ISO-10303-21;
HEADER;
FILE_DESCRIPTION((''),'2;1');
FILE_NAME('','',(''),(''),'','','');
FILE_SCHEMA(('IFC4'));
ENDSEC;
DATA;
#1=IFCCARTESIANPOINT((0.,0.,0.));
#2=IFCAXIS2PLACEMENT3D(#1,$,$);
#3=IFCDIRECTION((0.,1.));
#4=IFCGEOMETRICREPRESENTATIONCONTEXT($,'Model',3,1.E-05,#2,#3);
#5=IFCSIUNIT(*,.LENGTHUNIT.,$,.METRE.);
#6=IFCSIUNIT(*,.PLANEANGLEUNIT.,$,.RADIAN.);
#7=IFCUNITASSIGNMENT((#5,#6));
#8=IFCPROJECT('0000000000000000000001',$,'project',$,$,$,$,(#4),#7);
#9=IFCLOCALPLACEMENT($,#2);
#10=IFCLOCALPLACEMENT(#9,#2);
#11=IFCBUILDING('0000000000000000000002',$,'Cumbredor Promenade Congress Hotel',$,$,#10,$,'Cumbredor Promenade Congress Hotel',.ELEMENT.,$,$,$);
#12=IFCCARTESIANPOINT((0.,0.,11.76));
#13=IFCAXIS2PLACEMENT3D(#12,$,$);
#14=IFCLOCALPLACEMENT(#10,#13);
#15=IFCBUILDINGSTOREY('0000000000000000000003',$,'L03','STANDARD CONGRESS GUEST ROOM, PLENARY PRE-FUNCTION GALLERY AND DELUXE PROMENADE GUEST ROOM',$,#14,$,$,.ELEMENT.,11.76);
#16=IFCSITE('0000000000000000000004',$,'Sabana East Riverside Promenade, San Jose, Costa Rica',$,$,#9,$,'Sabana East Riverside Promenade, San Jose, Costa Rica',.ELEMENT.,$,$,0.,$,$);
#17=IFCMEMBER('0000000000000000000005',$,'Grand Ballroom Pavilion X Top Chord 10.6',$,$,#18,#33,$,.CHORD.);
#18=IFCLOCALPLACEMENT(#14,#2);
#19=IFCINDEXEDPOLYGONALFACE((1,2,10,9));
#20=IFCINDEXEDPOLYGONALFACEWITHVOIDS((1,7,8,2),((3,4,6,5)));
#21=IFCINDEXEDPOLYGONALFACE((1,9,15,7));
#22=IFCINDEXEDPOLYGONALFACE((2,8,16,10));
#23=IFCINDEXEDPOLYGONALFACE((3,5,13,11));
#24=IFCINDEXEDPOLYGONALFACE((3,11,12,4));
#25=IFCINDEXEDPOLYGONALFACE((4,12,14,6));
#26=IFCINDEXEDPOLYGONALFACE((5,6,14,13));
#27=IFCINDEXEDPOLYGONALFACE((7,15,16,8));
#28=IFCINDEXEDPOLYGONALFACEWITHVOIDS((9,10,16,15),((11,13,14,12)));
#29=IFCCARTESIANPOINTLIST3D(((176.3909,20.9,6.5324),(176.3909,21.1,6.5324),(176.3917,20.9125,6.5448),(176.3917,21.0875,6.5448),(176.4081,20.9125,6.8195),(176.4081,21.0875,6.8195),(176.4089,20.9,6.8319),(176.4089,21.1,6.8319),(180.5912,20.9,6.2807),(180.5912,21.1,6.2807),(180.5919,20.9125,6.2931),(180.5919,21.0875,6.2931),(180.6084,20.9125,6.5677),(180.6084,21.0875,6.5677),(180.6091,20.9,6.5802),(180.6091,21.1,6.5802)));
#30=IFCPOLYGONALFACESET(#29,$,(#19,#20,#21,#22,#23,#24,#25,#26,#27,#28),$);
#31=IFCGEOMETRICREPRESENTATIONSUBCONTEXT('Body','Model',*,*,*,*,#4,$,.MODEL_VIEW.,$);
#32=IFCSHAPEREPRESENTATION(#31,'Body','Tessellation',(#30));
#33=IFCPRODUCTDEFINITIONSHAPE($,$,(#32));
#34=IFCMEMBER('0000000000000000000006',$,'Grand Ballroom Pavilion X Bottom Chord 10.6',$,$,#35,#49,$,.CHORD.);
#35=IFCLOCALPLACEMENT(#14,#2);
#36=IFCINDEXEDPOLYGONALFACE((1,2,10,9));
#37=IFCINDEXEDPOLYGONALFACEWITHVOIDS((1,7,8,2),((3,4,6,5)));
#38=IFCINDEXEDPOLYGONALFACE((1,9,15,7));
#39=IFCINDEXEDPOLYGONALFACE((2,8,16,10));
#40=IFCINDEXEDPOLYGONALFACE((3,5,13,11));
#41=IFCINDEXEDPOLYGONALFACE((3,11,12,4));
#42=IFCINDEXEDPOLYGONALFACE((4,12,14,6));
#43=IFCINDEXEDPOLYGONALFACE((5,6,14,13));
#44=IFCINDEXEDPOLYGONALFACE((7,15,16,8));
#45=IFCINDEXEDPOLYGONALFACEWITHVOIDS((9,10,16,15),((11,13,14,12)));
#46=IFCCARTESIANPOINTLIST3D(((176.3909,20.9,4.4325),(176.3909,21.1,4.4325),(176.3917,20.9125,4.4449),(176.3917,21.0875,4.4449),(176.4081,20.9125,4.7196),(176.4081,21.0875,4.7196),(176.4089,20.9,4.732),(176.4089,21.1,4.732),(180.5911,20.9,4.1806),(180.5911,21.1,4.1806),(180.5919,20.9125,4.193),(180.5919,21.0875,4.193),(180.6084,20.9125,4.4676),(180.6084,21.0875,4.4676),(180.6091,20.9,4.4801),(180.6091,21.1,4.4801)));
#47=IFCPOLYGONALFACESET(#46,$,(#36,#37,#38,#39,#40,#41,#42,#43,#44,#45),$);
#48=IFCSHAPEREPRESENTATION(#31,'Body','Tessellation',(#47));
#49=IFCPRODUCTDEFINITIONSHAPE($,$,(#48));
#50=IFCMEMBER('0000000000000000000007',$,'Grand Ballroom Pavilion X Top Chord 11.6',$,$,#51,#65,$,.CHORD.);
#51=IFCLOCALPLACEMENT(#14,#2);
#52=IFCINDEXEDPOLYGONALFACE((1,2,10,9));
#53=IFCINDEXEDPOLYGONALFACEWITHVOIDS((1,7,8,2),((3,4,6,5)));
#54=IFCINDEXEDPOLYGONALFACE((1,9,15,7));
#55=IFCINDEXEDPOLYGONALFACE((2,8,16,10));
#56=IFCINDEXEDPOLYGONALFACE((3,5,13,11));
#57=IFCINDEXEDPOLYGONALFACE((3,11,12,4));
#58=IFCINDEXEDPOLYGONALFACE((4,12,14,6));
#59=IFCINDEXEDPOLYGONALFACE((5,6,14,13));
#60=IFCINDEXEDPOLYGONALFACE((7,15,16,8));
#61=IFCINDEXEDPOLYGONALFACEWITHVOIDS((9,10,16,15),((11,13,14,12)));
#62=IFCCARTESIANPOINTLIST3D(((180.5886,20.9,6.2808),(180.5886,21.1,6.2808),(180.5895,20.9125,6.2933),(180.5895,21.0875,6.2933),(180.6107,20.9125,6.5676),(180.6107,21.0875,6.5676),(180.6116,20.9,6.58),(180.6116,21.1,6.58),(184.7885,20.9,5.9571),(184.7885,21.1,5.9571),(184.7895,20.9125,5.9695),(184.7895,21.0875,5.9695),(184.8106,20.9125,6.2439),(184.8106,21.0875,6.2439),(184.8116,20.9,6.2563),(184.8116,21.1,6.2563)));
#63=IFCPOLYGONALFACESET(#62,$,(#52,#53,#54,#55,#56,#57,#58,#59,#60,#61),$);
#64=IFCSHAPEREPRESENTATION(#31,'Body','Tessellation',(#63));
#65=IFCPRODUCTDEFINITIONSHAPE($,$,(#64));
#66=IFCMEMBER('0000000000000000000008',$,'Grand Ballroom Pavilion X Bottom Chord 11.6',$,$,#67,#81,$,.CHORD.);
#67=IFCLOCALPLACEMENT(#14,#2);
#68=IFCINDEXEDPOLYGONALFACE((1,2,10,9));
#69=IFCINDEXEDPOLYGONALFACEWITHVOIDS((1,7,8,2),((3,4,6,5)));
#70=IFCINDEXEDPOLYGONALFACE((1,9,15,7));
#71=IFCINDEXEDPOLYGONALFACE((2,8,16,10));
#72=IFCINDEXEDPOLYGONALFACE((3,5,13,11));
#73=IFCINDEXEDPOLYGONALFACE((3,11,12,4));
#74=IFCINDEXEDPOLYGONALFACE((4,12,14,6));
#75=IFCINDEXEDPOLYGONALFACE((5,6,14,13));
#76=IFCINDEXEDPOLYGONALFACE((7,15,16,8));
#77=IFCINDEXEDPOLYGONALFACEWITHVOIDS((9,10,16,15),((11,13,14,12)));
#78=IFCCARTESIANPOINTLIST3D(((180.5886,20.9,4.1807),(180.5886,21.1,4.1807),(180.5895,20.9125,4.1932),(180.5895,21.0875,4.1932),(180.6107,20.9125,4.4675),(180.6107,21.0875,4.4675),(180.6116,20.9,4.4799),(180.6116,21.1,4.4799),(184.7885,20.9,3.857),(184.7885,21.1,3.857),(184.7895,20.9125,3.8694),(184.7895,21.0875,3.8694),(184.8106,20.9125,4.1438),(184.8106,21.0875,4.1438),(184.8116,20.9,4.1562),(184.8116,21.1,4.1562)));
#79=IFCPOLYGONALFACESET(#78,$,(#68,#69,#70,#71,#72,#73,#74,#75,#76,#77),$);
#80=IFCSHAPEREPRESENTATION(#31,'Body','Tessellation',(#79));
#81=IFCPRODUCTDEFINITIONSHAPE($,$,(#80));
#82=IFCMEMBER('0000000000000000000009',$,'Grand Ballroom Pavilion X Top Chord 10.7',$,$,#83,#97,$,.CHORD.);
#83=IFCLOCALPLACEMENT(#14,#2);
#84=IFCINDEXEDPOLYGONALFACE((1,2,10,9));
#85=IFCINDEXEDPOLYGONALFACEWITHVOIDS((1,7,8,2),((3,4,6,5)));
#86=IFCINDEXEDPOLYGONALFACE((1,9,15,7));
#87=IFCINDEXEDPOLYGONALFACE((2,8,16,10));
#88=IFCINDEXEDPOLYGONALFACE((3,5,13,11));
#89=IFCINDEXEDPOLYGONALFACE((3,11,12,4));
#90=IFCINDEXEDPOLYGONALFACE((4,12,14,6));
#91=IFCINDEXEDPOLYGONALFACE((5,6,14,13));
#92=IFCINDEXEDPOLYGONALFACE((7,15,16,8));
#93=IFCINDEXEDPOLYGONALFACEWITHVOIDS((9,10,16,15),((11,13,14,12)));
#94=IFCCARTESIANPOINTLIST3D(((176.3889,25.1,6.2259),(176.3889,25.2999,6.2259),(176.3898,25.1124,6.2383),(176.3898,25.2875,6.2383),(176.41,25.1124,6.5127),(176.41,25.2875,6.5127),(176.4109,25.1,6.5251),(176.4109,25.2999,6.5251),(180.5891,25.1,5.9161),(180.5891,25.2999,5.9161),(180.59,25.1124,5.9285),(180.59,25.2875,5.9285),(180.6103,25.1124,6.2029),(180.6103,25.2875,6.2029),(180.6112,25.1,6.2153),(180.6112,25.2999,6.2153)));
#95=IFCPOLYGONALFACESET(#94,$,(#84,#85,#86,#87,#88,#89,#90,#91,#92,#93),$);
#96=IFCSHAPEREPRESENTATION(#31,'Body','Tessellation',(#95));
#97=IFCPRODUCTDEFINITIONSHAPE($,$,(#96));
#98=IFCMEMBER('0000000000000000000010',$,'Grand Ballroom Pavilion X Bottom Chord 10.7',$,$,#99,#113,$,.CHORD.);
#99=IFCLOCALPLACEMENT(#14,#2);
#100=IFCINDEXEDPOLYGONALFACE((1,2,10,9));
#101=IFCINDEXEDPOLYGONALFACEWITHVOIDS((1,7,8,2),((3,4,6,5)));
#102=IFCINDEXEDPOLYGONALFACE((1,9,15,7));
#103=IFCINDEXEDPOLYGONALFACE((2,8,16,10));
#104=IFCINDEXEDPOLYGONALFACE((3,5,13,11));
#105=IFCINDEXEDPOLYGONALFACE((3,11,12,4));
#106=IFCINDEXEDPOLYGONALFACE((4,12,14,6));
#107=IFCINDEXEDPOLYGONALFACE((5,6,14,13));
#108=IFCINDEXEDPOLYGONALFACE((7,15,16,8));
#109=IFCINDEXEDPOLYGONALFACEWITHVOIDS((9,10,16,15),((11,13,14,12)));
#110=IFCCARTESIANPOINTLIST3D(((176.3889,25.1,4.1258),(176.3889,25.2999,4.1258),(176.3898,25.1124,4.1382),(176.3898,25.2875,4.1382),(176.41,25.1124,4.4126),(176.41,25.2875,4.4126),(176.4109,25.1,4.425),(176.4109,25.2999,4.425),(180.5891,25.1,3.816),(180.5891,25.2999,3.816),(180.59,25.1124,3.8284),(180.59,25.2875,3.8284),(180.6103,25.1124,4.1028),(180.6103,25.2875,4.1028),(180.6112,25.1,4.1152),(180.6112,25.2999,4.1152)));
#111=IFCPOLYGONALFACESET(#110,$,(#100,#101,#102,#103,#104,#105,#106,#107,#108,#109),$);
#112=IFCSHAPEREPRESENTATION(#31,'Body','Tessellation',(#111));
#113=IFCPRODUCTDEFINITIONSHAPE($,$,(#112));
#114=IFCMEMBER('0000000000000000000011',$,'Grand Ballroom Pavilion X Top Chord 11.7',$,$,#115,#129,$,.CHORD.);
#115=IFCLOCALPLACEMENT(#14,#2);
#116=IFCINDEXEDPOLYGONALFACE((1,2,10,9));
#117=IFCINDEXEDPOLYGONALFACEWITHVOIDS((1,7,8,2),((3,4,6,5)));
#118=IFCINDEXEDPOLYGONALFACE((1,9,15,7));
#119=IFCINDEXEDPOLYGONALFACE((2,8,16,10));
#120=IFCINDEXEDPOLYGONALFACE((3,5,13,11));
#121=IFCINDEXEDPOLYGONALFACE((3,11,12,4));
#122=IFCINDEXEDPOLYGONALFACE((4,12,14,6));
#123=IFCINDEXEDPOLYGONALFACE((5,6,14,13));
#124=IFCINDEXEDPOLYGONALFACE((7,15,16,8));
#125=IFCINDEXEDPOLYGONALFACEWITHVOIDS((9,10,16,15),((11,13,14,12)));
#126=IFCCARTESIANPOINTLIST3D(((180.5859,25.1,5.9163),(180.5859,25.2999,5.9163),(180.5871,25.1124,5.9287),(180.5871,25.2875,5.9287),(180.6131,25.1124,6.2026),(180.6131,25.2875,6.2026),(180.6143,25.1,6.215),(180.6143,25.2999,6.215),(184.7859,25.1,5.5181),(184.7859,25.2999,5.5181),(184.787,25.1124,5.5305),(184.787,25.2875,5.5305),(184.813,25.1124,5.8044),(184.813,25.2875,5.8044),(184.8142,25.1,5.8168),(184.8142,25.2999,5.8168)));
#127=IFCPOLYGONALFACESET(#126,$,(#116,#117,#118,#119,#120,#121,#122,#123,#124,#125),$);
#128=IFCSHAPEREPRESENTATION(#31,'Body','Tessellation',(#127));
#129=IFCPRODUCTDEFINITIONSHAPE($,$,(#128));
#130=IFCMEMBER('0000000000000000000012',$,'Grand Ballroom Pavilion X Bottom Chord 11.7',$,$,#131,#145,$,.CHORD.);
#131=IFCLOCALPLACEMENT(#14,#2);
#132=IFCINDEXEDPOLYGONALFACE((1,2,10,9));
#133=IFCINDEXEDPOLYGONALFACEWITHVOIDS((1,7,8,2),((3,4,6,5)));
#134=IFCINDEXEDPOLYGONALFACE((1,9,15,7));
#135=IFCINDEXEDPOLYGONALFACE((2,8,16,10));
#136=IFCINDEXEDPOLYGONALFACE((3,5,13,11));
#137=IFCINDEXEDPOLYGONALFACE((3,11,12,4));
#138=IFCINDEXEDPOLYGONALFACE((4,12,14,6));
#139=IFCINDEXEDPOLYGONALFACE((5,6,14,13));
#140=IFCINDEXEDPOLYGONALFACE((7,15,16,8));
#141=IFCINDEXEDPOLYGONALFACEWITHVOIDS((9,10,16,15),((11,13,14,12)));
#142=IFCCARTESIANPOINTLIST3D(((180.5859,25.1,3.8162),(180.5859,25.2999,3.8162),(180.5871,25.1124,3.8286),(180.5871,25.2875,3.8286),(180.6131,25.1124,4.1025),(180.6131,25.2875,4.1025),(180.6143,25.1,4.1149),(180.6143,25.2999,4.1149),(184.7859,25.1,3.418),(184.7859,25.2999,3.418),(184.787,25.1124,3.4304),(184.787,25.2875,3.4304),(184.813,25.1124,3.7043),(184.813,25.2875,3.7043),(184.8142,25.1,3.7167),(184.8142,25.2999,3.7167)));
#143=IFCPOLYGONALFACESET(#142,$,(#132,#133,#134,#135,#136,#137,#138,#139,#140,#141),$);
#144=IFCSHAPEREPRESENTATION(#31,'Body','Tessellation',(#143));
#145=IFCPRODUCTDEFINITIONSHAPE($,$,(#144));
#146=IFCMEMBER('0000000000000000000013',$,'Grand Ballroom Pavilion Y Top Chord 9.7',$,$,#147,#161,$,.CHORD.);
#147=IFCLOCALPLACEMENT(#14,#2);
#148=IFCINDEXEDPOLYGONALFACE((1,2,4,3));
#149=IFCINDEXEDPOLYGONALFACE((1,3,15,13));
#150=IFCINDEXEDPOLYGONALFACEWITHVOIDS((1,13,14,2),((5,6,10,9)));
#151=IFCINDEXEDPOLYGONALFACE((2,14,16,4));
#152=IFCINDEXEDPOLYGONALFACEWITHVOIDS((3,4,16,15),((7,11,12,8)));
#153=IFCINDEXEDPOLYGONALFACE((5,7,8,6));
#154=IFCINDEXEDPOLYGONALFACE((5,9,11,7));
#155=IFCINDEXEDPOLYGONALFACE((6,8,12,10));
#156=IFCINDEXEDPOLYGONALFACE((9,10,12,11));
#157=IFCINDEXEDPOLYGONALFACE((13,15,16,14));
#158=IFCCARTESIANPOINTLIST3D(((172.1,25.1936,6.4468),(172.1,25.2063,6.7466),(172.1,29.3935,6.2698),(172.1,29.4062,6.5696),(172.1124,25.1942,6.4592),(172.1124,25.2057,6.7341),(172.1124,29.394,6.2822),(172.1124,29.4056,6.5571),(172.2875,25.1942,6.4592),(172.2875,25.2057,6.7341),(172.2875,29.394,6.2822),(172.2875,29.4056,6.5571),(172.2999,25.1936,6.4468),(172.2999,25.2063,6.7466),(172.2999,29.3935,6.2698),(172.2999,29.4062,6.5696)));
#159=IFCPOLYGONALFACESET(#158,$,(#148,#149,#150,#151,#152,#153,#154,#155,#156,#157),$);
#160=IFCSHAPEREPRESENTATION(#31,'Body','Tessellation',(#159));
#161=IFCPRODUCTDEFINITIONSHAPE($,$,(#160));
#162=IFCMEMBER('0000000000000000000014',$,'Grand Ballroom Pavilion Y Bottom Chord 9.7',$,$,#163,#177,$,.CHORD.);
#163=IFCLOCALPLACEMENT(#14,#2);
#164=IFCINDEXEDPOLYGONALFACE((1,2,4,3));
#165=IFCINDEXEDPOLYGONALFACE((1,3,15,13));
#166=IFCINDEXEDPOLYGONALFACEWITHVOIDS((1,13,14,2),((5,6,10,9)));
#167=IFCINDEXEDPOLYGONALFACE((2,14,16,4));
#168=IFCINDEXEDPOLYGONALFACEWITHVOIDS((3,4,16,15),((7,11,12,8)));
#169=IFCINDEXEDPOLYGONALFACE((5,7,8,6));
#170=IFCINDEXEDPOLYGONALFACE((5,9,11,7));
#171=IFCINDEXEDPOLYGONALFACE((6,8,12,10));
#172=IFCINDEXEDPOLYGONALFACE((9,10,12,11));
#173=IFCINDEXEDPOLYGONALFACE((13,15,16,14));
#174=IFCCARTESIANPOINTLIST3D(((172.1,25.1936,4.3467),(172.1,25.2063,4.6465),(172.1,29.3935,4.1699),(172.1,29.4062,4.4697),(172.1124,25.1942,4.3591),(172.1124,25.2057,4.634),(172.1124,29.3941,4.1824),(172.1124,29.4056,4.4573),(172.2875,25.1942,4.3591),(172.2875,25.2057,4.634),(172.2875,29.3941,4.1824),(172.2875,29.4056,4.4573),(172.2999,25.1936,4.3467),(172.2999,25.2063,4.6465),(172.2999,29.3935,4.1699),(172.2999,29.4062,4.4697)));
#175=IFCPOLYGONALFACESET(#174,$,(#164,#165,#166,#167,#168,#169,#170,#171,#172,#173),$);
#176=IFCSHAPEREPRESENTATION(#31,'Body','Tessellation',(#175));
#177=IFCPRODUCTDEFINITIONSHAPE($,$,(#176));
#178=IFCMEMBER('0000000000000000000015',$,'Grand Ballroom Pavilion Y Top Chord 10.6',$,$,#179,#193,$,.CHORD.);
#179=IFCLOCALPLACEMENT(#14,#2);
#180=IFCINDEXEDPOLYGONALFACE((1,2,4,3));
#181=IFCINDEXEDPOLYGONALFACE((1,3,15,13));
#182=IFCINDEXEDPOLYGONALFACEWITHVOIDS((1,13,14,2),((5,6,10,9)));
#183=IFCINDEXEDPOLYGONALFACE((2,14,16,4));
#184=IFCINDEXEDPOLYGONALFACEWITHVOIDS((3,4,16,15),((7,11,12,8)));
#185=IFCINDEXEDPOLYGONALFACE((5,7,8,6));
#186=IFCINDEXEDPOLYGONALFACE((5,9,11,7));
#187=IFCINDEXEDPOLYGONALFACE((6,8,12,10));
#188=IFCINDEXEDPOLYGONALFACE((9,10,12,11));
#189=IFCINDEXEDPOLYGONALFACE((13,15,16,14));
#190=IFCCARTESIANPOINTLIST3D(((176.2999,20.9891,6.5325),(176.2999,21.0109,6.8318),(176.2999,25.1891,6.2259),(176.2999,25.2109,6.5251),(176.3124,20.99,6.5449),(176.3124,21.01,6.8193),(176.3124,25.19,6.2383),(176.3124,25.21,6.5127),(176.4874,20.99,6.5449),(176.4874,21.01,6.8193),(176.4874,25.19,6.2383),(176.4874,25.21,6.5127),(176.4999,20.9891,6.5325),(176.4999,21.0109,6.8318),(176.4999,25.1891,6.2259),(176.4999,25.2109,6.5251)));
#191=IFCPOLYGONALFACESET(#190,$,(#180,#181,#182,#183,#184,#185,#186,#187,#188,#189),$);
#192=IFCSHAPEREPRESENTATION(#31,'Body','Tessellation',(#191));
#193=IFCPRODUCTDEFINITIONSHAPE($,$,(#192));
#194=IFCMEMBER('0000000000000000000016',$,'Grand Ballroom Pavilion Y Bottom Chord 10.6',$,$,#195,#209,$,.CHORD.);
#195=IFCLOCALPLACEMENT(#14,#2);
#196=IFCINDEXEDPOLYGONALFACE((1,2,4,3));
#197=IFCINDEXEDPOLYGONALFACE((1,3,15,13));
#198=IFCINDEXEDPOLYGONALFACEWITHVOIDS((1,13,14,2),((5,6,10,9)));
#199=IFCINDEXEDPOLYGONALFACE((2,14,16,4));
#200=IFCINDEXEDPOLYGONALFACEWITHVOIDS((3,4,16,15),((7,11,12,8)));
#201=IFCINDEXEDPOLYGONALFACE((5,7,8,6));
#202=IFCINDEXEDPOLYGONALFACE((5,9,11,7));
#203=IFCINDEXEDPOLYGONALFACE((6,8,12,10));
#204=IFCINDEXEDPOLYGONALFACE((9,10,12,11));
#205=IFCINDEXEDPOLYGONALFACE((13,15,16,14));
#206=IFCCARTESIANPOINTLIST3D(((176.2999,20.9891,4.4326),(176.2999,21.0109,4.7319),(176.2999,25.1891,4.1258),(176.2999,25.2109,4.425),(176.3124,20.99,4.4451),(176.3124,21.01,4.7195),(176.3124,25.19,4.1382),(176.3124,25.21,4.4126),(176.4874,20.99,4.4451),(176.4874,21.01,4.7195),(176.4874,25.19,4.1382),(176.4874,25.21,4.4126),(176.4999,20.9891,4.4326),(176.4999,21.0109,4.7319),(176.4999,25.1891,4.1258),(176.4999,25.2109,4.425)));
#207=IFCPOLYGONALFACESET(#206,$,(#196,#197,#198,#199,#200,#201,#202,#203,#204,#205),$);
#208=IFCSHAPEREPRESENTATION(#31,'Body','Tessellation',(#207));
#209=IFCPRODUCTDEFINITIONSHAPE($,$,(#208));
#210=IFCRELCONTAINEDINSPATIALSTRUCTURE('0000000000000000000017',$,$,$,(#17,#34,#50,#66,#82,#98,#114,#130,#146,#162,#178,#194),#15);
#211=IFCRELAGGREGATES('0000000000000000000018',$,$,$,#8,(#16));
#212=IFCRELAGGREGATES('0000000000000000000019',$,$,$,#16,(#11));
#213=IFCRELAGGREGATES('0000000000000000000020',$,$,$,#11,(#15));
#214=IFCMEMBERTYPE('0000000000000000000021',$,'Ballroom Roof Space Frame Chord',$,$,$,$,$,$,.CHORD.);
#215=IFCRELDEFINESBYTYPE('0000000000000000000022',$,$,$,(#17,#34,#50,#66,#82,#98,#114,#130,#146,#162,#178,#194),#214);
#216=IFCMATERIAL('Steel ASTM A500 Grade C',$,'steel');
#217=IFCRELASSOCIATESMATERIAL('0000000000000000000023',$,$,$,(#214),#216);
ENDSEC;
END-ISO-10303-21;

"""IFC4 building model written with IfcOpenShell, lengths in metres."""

from ifc_helpers import new_model, si_unit, direction, frame, origin, origin_2d, place, context, subcontext, project, spatial, hollow_rectangle, extrude, material, material_profile, profile_set, type_object, element, save


model = new_model("IFC4")

# Units and contexts
model_context = context("Model", 3, precision=1e-05, world=origin(), true_north=direction((0.0, 1.0)))
body_context = subcontext(model_context, "Body", "Model", "MODEL_VIEW")
ifc_project = project(units=[si_unit("LENGTHUNIT", "METRE"), si_unit("PLANEANGLEUNIT", "RADIAN")], contexts=[model_context])

# Site, building, storey
site_placement = place(None, origin())
site = spatial("IfcSite", under=ifc_project, at=site_placement, Name="Sabana East Riverside Promenade, San Jose, Costa Rica", LongName="Sabana East Riverside Promenade, San Jose, Costa Rica", CompositionType="ELEMENT", RefElevation=0.0)
building_placement = place(site_placement, origin())
building = spatial("IfcBuilding", under=site, at=building_placement, Name="Cumbredor Promenade Congress Hotel", LongName="Cumbredor Promenade Congress Hotel", CompositionType="ELEMENT")
storey_placement = place(building_placement, frame((0.0, 0.0, 11.76)))
storey = spatial("IfcBuildingStorey", under=building, at=storey_placement, Name="L03", Description="STANDARD CONGRESS GUEST ROOM, PLENARY PRE-FUNCTION GALLERY AND DELUXE PROMENADE GUEST ROOM", CompositionType="ELEMENT", Elevation=11.76)

# Members
ifc_material_1 = material(Name="Steel ASTM A500 Grade C", Category="steel")
ifc_material_profile_1 = material_profile(ifc_material_1, hollow_rectangle(XDim=0.2, YDim=0.3, WallThickness=0.0125, at=origin_2d()), Name="HSS 300x200x12.5")
ifc_profile_set_1 = profile_set([ifc_material_profile_1], Name="Steel ASTM A500 Grade C")
member_type_1 = type_object("IfcMemberType", Name="Ballroom Roof Space Frame Chord", PredefinedType="CHORD", material=ifc_profile_set_1)
for number, where, z_axis, x_axis, name in (
    (1, (176.3999, 21.0, 6.6821), (0.998209, 0.0, -0.059821), (0.0, 1.0, 0.0), "Grand Ballroom Pavilion X Top Chord 10.6"),
    (2, (176.3999, 21.0, 4.5823), (0.998206, 0.0, -0.059878), (0.0, 1.0, 0.0), "Grand Ballroom Pavilion X Bottom Chord 10.6"),
):
    element("IfcMember", number, at=place(storey_placement, frame(where, z_axis=z_axis, x_axis=x_axis)), inside=storey, type_object=member_type_1, Name=name, PredefinedType="CHORD", context=body_context, shape_type="SweptSolid", body=[
        extrude(hollow_rectangle(XDim=0.2, YDim=0.3, WallThickness=0.0125, at=origin_2d()), origin(), (0.0, 0.0, 1.0), 4.2078),
    ])
for number, where, z_axis, x_axis, name in (
    (3, (180.6001, 21.0, 6.4304), (0.997043, 0.0, -0.076852), (0.0, 1.0, 0.0), "Grand Ballroom Pavilion X Top Chord 11.6"),
    (4, (180.6001, 21.0, 4.3303), (0.997043, 0.0, -0.076852), (0.0, 1.0, 0.0), "Grand Ballroom Pavilion X Bottom Chord 11.6"),
):
    element("IfcMember", number, at=place(storey_placement, frame(where, z_axis=z_axis, x_axis=x_axis)), inside=storey, type_object=member_type_1, Name=name, PredefinedType="CHORD", context=body_context, shape_type="SweptSolid", body=[
        extrude(hollow_rectangle(XDim=0.2, YDim=0.3, WallThickness=0.0125, at=origin_2d()), origin(), (0.0, 0.0, 1.0), 4.2124),
    ])
for number, where, z_axis, x_axis, name in (
    (5, (176.3999, 25.2, 6.3755), (0.997291, 0.0, -0.073562), (0.0, 1.0, 0.0), "Grand Ballroom Pavilion X Top Chord 10.7"),
    (6, (176.3999, 25.2, 4.2754), (0.997291, 0.0, -0.073562), (0.0, 1.0, 0.0), "Grand Ballroom Pavilion X Bottom Chord 10.7"),
):
    element("IfcMember", number, at=place(storey_placement, frame(where, z_axis=z_axis, x_axis=x_axis)), inside=storey, type_object=member_type_1, Name=name, PredefinedType="CHORD", context=body_context, shape_type="SweptSolid", body=[
        extrude(hollow_rectangle(XDim=0.2, YDim=0.3, WallThickness=0.0125, at=origin_2d()), origin(), (0.0, 0.0, 1.0), 4.2117),
    ])
for number, where, z_axis, x_axis, name in (
    (7, (180.6001, 25.2, 6.0657), (0.995536, 0.0, -0.094386), (0.0, 1.0, 0.0), "Grand Ballroom Pavilion X Top Chord 11.7"),
    (8, (180.6001, 25.2, 3.9656), (0.995536, 0.0, -0.094386), (0.0, 1.0, 0.0), "Grand Ballroom Pavilion X Bottom Chord 11.7"),
):
    element("IfcMember", number, at=place(storey_placement, frame(where, z_axis=z_axis, x_axis=x_axis)), inside=storey, type_object=member_type_1, Name=name, PredefinedType="CHORD", context=body_context, shape_type="SweptSolid", body=[
        extrude(hollow_rectangle(XDim=0.2, YDim=0.3, WallThickness=0.0125, at=origin_2d()), origin(), (0.0, 0.0, 1.0), 4.2188),
    ])
for number, where, z_axis, x_axis, name in (
    (9, (172.2, 25.2, 6.5967), (0.0, 0.999113, -0.042106), (-1.0, 0.0, 0.0), "Grand Ballroom Pavilion Y Top Chord 9.7"),
    (10, (172.2, 25.2, 4.4966), (0.0, 0.999116, -0.042048), (-1.0, 0.0, 0.0), "Grand Ballroom Pavilion Y Bottom Chord 9.7"),
):
    element("IfcMember", number, at=place(storey_placement, frame(where, z_axis=z_axis, x_axis=x_axis)), inside=storey, type_object=member_type_1, Name=name, PredefinedType="CHORD", context=body_context, shape_type="SweptSolid", body=[
        extrude(hollow_rectangle(XDim=0.2, YDim=0.3, WallThickness=0.0125, at=origin_2d()), origin(), (0.0, 0.0, 1.0), 4.2036),
    ])
for number, where, z_axis, x_axis, name in (
    (11, (176.3999, 21.0, 6.6821), (0.0, 0.997345, -0.072817), (-1.0, 0.0, 0.0), "Grand Ballroom Pavilion Y Top Chord 10.6"),
    (12, (176.3999, 21.0, 4.5823), (0.0, 0.997341, -0.072874), (-1.0, 0.0, 0.0), "Grand Ballroom Pavilion Y Bottom Chord 10.6"),
):
    element("IfcMember", number, at=place(storey_placement, frame(where, z_axis=z_axis, x_axis=x_axis)), inside=storey, type_object=member_type_1, Name=name, PredefinedType="CHORD", context=body_context, shape_type="SweptSolid", body=[
        extrude(hollow_rectangle(XDim=0.2, YDim=0.3, WallThickness=0.0125, at=origin_2d()), origin(), (0.0, 0.0, 1.0), 4.2112),
    ])

save(model, "model.ifc")
